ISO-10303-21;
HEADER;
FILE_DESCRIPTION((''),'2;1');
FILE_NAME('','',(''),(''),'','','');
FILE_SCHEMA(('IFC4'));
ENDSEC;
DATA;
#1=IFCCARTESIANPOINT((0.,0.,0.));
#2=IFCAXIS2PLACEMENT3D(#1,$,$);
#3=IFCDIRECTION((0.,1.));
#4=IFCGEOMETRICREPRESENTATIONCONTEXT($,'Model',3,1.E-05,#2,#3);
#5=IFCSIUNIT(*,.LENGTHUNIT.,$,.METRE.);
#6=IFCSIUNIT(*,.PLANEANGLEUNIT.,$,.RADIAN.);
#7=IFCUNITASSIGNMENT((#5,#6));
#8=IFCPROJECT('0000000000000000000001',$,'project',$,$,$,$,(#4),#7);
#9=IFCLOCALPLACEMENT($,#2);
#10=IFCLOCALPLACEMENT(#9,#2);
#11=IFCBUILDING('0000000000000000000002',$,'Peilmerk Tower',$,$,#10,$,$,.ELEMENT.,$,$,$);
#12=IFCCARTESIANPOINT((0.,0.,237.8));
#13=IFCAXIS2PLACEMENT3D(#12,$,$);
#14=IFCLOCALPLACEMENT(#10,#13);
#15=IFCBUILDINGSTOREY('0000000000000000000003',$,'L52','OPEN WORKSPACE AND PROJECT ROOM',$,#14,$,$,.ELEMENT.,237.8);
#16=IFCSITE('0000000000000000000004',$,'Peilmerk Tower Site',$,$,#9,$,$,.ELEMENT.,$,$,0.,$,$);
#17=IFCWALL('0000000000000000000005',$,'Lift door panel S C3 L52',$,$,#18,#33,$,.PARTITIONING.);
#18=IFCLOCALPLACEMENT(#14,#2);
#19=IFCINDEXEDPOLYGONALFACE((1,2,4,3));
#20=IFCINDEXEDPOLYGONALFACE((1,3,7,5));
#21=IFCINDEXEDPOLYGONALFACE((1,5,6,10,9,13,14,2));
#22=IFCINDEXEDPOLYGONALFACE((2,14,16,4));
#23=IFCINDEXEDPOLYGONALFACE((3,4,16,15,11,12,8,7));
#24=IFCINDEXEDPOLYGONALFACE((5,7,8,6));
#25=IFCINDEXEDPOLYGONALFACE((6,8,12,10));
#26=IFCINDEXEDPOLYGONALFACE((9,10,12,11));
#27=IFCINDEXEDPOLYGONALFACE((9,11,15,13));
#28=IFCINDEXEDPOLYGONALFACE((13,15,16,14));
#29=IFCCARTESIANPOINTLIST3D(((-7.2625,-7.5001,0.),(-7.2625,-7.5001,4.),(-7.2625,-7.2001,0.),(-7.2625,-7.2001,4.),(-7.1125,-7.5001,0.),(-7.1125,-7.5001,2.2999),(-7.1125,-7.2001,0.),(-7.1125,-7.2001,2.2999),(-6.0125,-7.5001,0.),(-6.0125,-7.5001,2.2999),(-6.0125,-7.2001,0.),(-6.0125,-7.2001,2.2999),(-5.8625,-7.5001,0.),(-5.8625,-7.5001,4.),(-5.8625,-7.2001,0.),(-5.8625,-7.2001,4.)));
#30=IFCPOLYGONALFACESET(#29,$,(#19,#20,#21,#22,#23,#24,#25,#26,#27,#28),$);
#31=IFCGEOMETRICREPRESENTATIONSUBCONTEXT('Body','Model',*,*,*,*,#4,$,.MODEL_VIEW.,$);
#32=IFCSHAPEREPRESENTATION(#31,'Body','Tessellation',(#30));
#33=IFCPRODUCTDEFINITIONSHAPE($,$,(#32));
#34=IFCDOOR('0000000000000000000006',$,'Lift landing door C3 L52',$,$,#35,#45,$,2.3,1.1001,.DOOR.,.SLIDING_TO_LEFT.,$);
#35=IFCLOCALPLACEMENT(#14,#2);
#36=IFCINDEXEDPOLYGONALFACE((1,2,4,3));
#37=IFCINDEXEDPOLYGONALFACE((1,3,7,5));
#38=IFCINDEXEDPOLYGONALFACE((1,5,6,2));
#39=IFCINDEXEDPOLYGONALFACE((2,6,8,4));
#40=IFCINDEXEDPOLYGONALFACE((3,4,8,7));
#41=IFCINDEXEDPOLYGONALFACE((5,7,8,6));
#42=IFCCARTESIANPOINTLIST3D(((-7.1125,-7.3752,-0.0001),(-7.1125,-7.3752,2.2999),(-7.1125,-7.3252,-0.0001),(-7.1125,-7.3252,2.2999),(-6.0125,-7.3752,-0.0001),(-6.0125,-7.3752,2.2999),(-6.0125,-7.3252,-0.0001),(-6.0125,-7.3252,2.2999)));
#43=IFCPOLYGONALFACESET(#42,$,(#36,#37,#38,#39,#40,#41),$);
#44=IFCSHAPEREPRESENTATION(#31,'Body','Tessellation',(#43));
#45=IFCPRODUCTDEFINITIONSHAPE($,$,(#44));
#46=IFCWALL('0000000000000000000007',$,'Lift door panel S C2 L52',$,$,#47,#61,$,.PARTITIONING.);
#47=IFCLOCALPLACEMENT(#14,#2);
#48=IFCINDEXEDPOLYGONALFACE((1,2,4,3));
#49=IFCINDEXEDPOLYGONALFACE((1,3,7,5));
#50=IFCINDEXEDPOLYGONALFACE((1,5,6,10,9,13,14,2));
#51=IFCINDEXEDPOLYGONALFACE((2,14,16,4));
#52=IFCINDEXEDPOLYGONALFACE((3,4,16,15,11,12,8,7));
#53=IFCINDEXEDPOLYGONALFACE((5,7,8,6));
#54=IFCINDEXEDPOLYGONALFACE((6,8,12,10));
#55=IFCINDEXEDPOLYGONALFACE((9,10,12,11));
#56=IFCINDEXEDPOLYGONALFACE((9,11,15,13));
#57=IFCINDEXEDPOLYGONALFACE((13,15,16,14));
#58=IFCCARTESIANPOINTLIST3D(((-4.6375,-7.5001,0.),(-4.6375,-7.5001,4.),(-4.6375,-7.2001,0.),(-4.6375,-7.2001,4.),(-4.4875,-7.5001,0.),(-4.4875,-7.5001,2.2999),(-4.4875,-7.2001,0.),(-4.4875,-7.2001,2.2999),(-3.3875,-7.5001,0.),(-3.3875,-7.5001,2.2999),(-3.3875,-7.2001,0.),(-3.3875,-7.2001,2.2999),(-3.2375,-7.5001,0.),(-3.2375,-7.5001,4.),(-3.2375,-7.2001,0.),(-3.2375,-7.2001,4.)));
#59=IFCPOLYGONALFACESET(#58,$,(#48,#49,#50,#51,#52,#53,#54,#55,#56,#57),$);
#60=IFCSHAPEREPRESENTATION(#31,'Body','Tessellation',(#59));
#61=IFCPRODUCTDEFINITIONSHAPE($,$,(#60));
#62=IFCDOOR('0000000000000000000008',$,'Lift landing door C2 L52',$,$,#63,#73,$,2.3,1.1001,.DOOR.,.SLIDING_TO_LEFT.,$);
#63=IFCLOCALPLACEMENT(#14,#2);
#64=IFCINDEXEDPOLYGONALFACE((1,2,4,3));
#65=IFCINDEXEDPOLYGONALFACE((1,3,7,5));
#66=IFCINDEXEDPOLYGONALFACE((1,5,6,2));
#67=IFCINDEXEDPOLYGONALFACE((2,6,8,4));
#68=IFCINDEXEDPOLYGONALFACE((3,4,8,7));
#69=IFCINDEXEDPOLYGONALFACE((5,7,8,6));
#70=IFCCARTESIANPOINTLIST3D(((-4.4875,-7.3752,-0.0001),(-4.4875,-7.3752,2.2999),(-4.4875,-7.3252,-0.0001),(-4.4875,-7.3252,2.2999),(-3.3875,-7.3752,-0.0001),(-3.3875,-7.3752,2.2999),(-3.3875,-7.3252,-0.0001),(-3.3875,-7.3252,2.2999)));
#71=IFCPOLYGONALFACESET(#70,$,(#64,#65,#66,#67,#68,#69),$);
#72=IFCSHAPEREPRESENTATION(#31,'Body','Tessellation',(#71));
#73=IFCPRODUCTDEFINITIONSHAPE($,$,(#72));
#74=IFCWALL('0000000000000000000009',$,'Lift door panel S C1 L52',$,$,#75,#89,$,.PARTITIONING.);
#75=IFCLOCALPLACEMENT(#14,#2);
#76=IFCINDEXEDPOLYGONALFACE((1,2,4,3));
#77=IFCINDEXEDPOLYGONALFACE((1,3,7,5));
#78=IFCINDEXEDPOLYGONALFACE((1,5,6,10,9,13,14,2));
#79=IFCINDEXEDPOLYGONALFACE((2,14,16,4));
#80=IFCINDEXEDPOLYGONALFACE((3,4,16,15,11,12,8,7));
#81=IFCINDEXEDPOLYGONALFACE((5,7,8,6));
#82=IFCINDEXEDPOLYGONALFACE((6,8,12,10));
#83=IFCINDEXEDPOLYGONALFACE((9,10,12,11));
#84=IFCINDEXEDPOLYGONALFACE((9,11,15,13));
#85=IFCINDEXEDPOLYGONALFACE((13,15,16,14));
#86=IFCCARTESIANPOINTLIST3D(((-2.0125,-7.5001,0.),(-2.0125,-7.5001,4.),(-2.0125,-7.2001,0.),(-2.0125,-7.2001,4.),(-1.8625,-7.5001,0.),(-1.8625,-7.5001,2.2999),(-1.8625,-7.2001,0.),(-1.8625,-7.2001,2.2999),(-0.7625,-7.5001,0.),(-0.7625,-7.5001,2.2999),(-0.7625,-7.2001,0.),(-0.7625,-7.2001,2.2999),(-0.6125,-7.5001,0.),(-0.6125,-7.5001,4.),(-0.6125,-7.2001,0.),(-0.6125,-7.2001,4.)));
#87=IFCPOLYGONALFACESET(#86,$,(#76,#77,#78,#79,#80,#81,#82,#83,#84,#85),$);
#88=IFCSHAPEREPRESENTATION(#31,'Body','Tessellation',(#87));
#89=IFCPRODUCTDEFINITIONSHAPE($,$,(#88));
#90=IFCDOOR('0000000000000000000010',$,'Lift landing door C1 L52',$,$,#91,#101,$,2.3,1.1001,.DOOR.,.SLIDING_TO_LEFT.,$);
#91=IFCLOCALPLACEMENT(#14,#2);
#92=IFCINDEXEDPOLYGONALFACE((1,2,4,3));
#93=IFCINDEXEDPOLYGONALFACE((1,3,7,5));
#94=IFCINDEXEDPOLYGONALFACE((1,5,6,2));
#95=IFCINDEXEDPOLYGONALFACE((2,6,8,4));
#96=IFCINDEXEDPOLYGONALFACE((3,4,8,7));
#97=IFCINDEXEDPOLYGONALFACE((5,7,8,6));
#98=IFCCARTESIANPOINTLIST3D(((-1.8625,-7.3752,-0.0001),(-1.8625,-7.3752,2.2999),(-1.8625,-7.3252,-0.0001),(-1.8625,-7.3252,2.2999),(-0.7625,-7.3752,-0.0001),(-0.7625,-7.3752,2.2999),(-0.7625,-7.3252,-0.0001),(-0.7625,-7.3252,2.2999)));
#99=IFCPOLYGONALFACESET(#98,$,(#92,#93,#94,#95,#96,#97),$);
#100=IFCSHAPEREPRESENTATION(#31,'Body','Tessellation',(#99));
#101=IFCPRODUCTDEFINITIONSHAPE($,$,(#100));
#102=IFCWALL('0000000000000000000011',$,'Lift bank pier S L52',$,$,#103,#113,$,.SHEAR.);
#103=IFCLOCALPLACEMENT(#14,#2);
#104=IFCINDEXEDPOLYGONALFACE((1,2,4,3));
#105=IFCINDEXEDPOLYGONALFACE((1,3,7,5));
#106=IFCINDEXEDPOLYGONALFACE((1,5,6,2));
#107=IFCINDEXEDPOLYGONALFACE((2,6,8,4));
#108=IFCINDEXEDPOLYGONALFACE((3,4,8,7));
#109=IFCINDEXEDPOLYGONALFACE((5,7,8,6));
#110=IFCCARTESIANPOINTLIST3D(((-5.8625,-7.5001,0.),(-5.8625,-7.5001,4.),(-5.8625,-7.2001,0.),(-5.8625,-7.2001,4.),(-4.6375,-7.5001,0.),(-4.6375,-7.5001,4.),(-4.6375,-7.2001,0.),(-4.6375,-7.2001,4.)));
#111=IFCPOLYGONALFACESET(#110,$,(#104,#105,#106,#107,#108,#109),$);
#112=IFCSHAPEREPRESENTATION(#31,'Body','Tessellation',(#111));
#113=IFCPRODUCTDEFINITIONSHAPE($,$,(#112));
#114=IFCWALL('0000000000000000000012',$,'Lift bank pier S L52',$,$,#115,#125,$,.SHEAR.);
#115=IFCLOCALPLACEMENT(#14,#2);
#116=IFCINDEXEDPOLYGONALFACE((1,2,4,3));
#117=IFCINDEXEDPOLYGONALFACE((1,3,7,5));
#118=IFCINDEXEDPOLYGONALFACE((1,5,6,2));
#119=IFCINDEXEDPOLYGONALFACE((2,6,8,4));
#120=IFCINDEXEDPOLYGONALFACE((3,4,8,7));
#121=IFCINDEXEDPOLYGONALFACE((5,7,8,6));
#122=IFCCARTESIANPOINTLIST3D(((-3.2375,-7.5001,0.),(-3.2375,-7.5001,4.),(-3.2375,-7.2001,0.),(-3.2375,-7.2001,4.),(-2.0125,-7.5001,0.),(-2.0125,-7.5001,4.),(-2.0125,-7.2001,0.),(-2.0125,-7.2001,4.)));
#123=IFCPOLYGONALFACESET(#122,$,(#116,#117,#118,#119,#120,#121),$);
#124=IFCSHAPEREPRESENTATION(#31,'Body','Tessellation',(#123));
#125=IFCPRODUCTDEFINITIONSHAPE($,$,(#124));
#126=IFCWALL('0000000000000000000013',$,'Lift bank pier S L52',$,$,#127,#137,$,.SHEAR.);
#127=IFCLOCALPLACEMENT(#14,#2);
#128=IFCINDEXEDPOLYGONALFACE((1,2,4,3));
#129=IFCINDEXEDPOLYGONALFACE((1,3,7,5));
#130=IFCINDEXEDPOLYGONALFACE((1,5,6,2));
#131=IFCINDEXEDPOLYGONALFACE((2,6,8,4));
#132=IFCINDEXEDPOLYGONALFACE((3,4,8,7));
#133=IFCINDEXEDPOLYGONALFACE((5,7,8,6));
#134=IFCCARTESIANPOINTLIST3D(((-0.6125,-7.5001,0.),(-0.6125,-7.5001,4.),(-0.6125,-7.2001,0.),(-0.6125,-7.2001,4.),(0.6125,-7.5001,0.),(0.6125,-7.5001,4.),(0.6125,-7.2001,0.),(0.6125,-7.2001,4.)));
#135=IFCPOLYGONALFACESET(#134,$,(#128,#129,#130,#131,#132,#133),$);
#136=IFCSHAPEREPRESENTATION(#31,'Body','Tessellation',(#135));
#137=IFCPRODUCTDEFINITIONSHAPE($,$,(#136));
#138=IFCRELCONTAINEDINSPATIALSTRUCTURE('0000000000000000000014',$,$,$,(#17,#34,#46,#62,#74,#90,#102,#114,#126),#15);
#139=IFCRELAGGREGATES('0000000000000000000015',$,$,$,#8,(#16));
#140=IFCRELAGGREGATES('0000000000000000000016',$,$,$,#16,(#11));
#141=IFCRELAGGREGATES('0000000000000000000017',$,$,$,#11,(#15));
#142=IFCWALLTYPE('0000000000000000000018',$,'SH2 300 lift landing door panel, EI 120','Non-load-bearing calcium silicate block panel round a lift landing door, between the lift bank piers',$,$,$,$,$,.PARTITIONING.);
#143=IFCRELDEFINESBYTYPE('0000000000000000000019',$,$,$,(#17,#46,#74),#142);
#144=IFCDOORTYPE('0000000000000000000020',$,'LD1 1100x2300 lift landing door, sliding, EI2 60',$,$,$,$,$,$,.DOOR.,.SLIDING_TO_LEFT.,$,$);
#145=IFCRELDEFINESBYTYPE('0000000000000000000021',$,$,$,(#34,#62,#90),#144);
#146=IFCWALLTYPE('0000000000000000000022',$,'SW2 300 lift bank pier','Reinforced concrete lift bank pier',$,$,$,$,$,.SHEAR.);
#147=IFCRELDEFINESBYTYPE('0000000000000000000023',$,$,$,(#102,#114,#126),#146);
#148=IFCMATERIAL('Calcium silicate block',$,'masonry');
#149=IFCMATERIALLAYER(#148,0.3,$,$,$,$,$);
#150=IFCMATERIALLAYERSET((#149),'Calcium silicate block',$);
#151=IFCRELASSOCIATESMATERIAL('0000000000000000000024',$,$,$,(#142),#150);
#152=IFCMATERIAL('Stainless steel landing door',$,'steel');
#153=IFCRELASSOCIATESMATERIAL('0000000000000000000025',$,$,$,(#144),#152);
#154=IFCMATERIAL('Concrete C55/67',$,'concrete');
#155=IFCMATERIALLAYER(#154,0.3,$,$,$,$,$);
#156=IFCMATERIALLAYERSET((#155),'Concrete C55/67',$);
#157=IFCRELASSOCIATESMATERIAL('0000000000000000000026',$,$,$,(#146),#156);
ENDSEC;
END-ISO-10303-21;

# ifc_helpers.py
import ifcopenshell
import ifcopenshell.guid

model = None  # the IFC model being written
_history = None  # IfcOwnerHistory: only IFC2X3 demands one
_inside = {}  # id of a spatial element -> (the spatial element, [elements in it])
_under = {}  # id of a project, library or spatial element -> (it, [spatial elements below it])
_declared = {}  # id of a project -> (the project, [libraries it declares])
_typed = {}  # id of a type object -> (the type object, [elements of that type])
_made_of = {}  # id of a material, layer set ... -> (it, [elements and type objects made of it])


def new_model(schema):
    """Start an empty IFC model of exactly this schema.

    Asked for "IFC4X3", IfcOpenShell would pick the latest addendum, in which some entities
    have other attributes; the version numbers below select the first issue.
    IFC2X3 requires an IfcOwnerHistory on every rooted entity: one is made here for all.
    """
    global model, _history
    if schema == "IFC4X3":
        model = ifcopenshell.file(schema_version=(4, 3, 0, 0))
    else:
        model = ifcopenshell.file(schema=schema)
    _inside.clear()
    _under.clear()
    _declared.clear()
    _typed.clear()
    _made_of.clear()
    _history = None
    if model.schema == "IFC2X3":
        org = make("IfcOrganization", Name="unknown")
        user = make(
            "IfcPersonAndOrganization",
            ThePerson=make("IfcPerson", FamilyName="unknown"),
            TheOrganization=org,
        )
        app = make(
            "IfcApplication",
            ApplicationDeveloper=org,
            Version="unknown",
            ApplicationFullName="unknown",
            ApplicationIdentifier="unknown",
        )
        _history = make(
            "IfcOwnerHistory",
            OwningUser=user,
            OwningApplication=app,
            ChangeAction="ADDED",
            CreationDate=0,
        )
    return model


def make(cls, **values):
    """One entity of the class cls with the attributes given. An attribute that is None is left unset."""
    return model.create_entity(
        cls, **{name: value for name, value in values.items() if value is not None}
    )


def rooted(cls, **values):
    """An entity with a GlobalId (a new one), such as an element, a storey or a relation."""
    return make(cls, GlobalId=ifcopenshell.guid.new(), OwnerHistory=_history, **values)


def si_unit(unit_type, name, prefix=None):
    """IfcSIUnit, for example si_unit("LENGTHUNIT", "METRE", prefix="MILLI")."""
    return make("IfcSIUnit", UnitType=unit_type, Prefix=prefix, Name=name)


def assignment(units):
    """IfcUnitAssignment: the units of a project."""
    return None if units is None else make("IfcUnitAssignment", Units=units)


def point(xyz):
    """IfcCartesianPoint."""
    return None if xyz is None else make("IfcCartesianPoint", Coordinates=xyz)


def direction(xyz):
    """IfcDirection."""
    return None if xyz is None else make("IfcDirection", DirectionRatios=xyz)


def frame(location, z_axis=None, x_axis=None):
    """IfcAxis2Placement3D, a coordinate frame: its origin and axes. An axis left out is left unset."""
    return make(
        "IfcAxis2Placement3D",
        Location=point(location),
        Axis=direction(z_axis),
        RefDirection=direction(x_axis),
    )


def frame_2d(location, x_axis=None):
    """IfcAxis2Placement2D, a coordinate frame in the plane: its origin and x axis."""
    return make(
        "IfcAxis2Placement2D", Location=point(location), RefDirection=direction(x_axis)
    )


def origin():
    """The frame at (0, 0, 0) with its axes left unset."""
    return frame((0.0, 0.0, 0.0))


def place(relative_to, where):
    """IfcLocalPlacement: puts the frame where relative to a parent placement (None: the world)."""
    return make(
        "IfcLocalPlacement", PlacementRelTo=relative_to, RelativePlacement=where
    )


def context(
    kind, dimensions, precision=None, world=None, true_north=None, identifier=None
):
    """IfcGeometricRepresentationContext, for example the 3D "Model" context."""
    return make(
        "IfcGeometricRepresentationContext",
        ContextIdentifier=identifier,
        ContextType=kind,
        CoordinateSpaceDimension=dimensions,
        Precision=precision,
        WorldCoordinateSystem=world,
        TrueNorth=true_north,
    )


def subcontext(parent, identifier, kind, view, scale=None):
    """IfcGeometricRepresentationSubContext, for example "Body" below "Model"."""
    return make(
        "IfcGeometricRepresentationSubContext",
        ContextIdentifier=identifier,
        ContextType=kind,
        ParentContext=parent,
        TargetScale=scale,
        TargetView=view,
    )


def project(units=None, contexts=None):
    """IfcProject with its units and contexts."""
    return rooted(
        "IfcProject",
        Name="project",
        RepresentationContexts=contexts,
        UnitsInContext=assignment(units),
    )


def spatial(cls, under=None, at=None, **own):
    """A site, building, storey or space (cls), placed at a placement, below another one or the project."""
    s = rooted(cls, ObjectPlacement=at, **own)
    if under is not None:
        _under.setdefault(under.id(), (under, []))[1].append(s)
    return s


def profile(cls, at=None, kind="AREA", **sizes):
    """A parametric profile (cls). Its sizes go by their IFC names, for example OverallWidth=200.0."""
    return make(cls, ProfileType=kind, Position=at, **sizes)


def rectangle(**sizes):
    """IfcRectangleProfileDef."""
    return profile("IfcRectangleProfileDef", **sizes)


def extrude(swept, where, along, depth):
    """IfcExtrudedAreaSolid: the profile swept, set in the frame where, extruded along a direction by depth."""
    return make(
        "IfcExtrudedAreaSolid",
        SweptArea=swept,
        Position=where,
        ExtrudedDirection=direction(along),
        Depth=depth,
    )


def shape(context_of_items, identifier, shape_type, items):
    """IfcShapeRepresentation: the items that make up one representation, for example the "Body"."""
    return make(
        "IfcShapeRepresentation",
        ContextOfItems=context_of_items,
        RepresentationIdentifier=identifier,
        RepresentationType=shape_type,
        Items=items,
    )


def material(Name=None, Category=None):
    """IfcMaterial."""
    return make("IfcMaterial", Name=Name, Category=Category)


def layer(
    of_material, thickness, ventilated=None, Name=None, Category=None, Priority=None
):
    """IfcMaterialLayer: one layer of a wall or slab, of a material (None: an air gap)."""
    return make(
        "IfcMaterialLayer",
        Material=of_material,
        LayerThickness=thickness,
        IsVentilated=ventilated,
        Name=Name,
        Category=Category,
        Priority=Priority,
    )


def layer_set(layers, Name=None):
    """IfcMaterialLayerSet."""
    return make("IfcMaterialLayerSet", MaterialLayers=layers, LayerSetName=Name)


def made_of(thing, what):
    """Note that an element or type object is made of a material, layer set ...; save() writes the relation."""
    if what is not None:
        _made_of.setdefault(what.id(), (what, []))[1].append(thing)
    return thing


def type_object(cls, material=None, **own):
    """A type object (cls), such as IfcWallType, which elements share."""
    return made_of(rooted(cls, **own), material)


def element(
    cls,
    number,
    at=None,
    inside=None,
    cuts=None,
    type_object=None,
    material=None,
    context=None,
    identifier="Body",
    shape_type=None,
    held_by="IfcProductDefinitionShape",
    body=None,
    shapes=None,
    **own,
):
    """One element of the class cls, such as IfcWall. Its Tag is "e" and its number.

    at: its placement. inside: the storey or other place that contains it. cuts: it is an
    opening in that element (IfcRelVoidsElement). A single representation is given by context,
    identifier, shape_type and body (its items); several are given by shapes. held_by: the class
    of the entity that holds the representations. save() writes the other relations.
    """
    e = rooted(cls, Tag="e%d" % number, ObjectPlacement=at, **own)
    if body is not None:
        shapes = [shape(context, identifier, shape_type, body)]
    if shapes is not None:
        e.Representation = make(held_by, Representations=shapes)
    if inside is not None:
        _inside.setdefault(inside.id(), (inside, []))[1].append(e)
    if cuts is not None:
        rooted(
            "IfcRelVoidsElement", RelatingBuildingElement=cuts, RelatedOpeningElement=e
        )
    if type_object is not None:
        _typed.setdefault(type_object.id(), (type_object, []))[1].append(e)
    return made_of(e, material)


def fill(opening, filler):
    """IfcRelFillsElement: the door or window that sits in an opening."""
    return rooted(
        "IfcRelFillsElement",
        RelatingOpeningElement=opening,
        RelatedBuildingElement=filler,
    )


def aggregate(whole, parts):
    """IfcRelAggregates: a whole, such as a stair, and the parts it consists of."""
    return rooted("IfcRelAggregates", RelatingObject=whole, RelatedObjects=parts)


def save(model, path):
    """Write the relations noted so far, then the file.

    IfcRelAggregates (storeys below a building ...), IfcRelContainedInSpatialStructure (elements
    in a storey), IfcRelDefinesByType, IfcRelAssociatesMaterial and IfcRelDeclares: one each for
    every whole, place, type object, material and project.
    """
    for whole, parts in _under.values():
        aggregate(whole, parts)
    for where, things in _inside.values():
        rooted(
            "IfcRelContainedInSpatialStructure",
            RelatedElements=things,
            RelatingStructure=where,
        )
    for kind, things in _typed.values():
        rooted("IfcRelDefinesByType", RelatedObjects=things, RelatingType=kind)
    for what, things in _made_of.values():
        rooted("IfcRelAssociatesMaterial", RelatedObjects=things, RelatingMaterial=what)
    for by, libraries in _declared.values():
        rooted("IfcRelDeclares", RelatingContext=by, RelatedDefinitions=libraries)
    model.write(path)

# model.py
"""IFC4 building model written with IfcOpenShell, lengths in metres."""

from ifc_helpers import new_model, si_unit, direction, frame, frame_2d, origin, place, context, subcontext, project, spatial, rectangle, extrude, material, layer, layer_set, type_object, element, fill, save


model = new_model("IFC4")

# Units and contexts
model_context = context("Model", 3, precision=1e-05, world=origin(), true_north=direction((0.0, 1.0)))
body_context = subcontext(model_context, "Body", "Model", "MODEL_VIEW")
ifc_project = project(units=[si_unit("LENGTHUNIT", "METRE"), si_unit("PLANEANGLEUNIT", "RADIAN")], contexts=[model_context])

# Site, building, storey
site_placement = place(None, origin())
site = spatial("IfcSite", under=ifc_project, at=site_placement, Name="Peilmerk Tower Site", CompositionType="ELEMENT", RefElevation=0.0)
building_placement = place(site_placement, origin())
building = spatial("IfcBuilding", under=site, at=building_placement, Name="Peilmerk Tower", CompositionType="ELEMENT")
storey_placement = place(building_placement, frame((0.0, 0.0, 237.8)))
storey = spatial("IfcBuildingStorey", under=building, at=storey_placement, Name="L52", Description="OPEN WORKSPACE AND PROJECT ROOM", CompositionType="ELEMENT", Elevation=237.8)

# Shared definitions
ifc_material_1 = material(Name="Calcium silicate block", Category="masonry")

# Walls, openings, doors
ifc_layer_1 = layer(ifc_material_1, 0.3)
ifc_layer_set_1 = layer_set([ifc_layer_1], Name="Calcium silicate block")
wall_type_1 = type_object("IfcWallType", Name="SH2 300 lift landing door panel, EI 120", Description="Non-load-bearing calcium silicate block panel round a lift landing door, between the lift bank piers", PredefinedType="PARTITIONING", material=ifc_layer_set_1)
wall_1_placement = place(storey_placement, frame((-7.2625, -7.3501, 0.0), z_axis=(0.0, 0.0, 1.0), x_axis=(1.0, 0.0, 0.0)))
wall_1 = element("IfcWall", 1, at=wall_1_placement, inside=storey, type_object=wall_type_1, Name="Lift door panel S C3 L52", PredefinedType="PARTITIONING", context=body_context, shape_type="SweptSolid", body=[
    extrude(rectangle(XDim=1.3999, YDim=0.3, at=frame_2d((0.7, 0.0))), origin(), (0.0, 0.0, 1.0), 4.0),
])
opening_1_placement = place(wall_1_placement, frame((0.1499, 0.0, 0.0)))
opening_1 = element("IfcOpeningElement", 2, at=opening_1_placement, cuts=wall_1, PredefinedType="OPENING", context=body_context, shape_type="SweptSolid", body=[
    extrude(rectangle(XDim=1.1001, YDim=2.3, at=frame_2d((0.55, 1.1499))), frame((0.0, 0.1599, 0.0), z_axis=(0.0, -1.0, 0.0), x_axis=(1.0, 0.0, 0.0)), (0.0, 0.0, 1.0), 0.3201),
])
ifc_material_2 = material(Name="Stainless steel landing door", Category="steel")
door_type = type_object("IfcDoorType", Name="LD1 1100x2300 lift landing door, sliding, EI2 60", OperationType="SLIDING_TO_LEFT", PredefinedType="DOOR", material=ifc_material_2)
door_1_placement = place(opening_1_placement, origin())
door_1 = element("IfcDoor", 3, at=door_1_placement, inside=storey, type_object=door_type, Name="Lift landing door C3 L52", OperationType="SLIDING_TO_LEFT", OverallHeight=2.3, OverallWidth=1.1001, PredefinedType="DOOR", context=body_context, shape_type="SweptSolid", body=[
    extrude(rectangle(XDim=1.1001, YDim=2.3, at=frame_2d((0.55, 1.1499))), frame((0.0, 0.0249, 0.0), z_axis=(0.0, -1.0, 0.0), x_axis=(1.0, 0.0, 0.0)), (0.0, 0.0, 1.0), 0.05),
])
fill(opening_1, door_1)
wall_2_placement = place(storey_placement, frame((-4.6375, -7.3501, 0.0), z_axis=(0.0, 0.0, 1.0), x_axis=(1.0, 0.0, 0.0)))
wall_2 = element("IfcWall", 4, at=wall_2_placement, inside=storey, type_object=wall_type_1, Name="Lift door panel S C2 L52", PredefinedType="PARTITIONING", context=body_context, shape_type="SweptSolid", body=[
    extrude(rectangle(XDim=1.3999, YDim=0.3, at=frame_2d((0.7, 0.0))), origin(), (0.0, 0.0, 1.0), 4.0),
])
opening_2_placement = place(wall_2_placement, frame((0.1499, 0.0, 0.0)))
opening_2 = element("IfcOpeningElement", 5, at=opening_2_placement, cuts=wall_2, PredefinedType="OPENING", context=body_context, shape_type="SweptSolid", body=[
    extrude(rectangle(XDim=1.1001, YDim=2.3, at=frame_2d((0.55, 1.1499))), frame((0.0, 0.1599, 0.0), z_axis=(0.0, -1.0, 0.0), x_axis=(1.0, 0.0, 0.0)), (0.0, 0.0, 1.0), 0.3201),
])
door_2_placement = place(opening_2_placement, origin())
door_2 = element("IfcDoor", 6, at=door_2_placement, inside=storey, type_object=door_type, Name="Lift landing door C2 L52", OperationType="SLIDING_TO_LEFT", OverallHeight=2.3, OverallWidth=1.1001, PredefinedType="DOOR", context=body_context, shape_type="SweptSolid", body=[
    extrude(rectangle(XDim=1.1001, YDim=2.3, at=frame_2d((0.55, 1.1499))), frame((0.0, 0.0249, 0.0), z_axis=(0.0, -1.0, 0.0), x_axis=(1.0, 0.0, 0.0)), (0.0, 0.0, 1.0), 0.05),
])
fill(opening_2, door_2)
wall_3_placement = place(storey_placement, frame((-2.0125, -7.3501, 0.0), z_axis=(0.0, 0.0, 1.0), x_axis=(1.0, 0.0, 0.0)))
wall_3 = element("IfcWall", 7, at=wall_3_placement, inside=storey, type_object=wall_type_1, Name="Lift door panel S C1 L52", PredefinedType="PARTITIONING", context=body_context, shape_type="SweptSolid", body=[
    extrude(rectangle(XDim=1.3999, YDim=0.3, at=frame_2d((0.7, 0.0))), origin(), (0.0, 0.0, 1.0), 4.0),
])
opening_3_placement = place(wall_3_placement, frame((0.1499, 0.0, 0.0)))
opening_3 = element("IfcOpeningElement", 8, at=opening_3_placement, cuts=wall_3, PredefinedType="OPENING", context=body_context, shape_type="SweptSolid", body=[
    extrude(rectangle(XDim=1.1001, YDim=2.3, at=frame_2d((0.55, 1.1499))), frame((0.0, 0.1599, 0.0), z_axis=(0.0, -1.0, 0.0), x_axis=(1.0, 0.0, 0.0)), (0.0, 0.0, 1.0), 0.3201),
])
door_3_placement = place(opening_3_placement, origin())
door_3 = element("IfcDoor", 9, at=door_3_placement, inside=storey, type_object=door_type, Name="Lift landing door C1 L52", OperationType="SLIDING_TO_LEFT", OverallHeight=2.3, OverallWidth=1.1001, PredefinedType="DOOR", context=body_context, shape_type="SweptSolid", body=[
    extrude(rectangle(XDim=1.1001, YDim=2.3, at=frame_2d((0.55, 1.1499))), frame((0.0, 0.0249, 0.0), z_axis=(0.0, -1.0, 0.0), x_axis=(1.0, 0.0, 0.0)), (0.0, 0.0, 1.0), 0.05),
])
fill(opening_3, door_3)

# Walls
ifc_material_3 = material(Name="Concrete C55/67", Category="concrete")
ifc_layer_2 = layer(ifc_material_3, 0.3)
ifc_layer_set_2 = layer_set([ifc_layer_2], Name="Concrete C55/67")
wall_type_2 = type_object("IfcWallType", Name="SW2 300 lift bank pier", Description="Reinforced concrete lift bank pier", PredefinedType="SHEAR", material=ifc_layer_set_2)
for number, where, z_axis, x_axis, name in (
    (10, (-5.8625, -7.3501, 0.0), (0.0, 0.0, 1.0), (1.0, 0.0, 0.0), "Lift bank pier S L52"),
    (11, (-3.2375, -7.3501, 0.0), (0.0, 0.0, 1.0), (1.0, 0.0, 0.0), "Lift bank pier S L52"),
    (12, (-0.6125, -7.3501, 0.0), (0.0, 0.0, 1.0), (1.0, 0.0, 0.0), "Lift bank pier S L52"),
):
    element("IfcWall", number, at=place(storey_placement, frame(where, z_axis=z_axis, x_axis=x_axis)), inside=storey, type_object=wall_type_2, Name=name, PredefinedType="SHEAR", context=body_context, shape_type="SweptSolid", body=[
        extrude(rectangle(XDim=1.2251, YDim=0.3, at=frame_2d((0.6125, 0.0))), origin(), (0.0, 0.0, 1.0), 4.0),
    ])

save(model, "model.ifc")
